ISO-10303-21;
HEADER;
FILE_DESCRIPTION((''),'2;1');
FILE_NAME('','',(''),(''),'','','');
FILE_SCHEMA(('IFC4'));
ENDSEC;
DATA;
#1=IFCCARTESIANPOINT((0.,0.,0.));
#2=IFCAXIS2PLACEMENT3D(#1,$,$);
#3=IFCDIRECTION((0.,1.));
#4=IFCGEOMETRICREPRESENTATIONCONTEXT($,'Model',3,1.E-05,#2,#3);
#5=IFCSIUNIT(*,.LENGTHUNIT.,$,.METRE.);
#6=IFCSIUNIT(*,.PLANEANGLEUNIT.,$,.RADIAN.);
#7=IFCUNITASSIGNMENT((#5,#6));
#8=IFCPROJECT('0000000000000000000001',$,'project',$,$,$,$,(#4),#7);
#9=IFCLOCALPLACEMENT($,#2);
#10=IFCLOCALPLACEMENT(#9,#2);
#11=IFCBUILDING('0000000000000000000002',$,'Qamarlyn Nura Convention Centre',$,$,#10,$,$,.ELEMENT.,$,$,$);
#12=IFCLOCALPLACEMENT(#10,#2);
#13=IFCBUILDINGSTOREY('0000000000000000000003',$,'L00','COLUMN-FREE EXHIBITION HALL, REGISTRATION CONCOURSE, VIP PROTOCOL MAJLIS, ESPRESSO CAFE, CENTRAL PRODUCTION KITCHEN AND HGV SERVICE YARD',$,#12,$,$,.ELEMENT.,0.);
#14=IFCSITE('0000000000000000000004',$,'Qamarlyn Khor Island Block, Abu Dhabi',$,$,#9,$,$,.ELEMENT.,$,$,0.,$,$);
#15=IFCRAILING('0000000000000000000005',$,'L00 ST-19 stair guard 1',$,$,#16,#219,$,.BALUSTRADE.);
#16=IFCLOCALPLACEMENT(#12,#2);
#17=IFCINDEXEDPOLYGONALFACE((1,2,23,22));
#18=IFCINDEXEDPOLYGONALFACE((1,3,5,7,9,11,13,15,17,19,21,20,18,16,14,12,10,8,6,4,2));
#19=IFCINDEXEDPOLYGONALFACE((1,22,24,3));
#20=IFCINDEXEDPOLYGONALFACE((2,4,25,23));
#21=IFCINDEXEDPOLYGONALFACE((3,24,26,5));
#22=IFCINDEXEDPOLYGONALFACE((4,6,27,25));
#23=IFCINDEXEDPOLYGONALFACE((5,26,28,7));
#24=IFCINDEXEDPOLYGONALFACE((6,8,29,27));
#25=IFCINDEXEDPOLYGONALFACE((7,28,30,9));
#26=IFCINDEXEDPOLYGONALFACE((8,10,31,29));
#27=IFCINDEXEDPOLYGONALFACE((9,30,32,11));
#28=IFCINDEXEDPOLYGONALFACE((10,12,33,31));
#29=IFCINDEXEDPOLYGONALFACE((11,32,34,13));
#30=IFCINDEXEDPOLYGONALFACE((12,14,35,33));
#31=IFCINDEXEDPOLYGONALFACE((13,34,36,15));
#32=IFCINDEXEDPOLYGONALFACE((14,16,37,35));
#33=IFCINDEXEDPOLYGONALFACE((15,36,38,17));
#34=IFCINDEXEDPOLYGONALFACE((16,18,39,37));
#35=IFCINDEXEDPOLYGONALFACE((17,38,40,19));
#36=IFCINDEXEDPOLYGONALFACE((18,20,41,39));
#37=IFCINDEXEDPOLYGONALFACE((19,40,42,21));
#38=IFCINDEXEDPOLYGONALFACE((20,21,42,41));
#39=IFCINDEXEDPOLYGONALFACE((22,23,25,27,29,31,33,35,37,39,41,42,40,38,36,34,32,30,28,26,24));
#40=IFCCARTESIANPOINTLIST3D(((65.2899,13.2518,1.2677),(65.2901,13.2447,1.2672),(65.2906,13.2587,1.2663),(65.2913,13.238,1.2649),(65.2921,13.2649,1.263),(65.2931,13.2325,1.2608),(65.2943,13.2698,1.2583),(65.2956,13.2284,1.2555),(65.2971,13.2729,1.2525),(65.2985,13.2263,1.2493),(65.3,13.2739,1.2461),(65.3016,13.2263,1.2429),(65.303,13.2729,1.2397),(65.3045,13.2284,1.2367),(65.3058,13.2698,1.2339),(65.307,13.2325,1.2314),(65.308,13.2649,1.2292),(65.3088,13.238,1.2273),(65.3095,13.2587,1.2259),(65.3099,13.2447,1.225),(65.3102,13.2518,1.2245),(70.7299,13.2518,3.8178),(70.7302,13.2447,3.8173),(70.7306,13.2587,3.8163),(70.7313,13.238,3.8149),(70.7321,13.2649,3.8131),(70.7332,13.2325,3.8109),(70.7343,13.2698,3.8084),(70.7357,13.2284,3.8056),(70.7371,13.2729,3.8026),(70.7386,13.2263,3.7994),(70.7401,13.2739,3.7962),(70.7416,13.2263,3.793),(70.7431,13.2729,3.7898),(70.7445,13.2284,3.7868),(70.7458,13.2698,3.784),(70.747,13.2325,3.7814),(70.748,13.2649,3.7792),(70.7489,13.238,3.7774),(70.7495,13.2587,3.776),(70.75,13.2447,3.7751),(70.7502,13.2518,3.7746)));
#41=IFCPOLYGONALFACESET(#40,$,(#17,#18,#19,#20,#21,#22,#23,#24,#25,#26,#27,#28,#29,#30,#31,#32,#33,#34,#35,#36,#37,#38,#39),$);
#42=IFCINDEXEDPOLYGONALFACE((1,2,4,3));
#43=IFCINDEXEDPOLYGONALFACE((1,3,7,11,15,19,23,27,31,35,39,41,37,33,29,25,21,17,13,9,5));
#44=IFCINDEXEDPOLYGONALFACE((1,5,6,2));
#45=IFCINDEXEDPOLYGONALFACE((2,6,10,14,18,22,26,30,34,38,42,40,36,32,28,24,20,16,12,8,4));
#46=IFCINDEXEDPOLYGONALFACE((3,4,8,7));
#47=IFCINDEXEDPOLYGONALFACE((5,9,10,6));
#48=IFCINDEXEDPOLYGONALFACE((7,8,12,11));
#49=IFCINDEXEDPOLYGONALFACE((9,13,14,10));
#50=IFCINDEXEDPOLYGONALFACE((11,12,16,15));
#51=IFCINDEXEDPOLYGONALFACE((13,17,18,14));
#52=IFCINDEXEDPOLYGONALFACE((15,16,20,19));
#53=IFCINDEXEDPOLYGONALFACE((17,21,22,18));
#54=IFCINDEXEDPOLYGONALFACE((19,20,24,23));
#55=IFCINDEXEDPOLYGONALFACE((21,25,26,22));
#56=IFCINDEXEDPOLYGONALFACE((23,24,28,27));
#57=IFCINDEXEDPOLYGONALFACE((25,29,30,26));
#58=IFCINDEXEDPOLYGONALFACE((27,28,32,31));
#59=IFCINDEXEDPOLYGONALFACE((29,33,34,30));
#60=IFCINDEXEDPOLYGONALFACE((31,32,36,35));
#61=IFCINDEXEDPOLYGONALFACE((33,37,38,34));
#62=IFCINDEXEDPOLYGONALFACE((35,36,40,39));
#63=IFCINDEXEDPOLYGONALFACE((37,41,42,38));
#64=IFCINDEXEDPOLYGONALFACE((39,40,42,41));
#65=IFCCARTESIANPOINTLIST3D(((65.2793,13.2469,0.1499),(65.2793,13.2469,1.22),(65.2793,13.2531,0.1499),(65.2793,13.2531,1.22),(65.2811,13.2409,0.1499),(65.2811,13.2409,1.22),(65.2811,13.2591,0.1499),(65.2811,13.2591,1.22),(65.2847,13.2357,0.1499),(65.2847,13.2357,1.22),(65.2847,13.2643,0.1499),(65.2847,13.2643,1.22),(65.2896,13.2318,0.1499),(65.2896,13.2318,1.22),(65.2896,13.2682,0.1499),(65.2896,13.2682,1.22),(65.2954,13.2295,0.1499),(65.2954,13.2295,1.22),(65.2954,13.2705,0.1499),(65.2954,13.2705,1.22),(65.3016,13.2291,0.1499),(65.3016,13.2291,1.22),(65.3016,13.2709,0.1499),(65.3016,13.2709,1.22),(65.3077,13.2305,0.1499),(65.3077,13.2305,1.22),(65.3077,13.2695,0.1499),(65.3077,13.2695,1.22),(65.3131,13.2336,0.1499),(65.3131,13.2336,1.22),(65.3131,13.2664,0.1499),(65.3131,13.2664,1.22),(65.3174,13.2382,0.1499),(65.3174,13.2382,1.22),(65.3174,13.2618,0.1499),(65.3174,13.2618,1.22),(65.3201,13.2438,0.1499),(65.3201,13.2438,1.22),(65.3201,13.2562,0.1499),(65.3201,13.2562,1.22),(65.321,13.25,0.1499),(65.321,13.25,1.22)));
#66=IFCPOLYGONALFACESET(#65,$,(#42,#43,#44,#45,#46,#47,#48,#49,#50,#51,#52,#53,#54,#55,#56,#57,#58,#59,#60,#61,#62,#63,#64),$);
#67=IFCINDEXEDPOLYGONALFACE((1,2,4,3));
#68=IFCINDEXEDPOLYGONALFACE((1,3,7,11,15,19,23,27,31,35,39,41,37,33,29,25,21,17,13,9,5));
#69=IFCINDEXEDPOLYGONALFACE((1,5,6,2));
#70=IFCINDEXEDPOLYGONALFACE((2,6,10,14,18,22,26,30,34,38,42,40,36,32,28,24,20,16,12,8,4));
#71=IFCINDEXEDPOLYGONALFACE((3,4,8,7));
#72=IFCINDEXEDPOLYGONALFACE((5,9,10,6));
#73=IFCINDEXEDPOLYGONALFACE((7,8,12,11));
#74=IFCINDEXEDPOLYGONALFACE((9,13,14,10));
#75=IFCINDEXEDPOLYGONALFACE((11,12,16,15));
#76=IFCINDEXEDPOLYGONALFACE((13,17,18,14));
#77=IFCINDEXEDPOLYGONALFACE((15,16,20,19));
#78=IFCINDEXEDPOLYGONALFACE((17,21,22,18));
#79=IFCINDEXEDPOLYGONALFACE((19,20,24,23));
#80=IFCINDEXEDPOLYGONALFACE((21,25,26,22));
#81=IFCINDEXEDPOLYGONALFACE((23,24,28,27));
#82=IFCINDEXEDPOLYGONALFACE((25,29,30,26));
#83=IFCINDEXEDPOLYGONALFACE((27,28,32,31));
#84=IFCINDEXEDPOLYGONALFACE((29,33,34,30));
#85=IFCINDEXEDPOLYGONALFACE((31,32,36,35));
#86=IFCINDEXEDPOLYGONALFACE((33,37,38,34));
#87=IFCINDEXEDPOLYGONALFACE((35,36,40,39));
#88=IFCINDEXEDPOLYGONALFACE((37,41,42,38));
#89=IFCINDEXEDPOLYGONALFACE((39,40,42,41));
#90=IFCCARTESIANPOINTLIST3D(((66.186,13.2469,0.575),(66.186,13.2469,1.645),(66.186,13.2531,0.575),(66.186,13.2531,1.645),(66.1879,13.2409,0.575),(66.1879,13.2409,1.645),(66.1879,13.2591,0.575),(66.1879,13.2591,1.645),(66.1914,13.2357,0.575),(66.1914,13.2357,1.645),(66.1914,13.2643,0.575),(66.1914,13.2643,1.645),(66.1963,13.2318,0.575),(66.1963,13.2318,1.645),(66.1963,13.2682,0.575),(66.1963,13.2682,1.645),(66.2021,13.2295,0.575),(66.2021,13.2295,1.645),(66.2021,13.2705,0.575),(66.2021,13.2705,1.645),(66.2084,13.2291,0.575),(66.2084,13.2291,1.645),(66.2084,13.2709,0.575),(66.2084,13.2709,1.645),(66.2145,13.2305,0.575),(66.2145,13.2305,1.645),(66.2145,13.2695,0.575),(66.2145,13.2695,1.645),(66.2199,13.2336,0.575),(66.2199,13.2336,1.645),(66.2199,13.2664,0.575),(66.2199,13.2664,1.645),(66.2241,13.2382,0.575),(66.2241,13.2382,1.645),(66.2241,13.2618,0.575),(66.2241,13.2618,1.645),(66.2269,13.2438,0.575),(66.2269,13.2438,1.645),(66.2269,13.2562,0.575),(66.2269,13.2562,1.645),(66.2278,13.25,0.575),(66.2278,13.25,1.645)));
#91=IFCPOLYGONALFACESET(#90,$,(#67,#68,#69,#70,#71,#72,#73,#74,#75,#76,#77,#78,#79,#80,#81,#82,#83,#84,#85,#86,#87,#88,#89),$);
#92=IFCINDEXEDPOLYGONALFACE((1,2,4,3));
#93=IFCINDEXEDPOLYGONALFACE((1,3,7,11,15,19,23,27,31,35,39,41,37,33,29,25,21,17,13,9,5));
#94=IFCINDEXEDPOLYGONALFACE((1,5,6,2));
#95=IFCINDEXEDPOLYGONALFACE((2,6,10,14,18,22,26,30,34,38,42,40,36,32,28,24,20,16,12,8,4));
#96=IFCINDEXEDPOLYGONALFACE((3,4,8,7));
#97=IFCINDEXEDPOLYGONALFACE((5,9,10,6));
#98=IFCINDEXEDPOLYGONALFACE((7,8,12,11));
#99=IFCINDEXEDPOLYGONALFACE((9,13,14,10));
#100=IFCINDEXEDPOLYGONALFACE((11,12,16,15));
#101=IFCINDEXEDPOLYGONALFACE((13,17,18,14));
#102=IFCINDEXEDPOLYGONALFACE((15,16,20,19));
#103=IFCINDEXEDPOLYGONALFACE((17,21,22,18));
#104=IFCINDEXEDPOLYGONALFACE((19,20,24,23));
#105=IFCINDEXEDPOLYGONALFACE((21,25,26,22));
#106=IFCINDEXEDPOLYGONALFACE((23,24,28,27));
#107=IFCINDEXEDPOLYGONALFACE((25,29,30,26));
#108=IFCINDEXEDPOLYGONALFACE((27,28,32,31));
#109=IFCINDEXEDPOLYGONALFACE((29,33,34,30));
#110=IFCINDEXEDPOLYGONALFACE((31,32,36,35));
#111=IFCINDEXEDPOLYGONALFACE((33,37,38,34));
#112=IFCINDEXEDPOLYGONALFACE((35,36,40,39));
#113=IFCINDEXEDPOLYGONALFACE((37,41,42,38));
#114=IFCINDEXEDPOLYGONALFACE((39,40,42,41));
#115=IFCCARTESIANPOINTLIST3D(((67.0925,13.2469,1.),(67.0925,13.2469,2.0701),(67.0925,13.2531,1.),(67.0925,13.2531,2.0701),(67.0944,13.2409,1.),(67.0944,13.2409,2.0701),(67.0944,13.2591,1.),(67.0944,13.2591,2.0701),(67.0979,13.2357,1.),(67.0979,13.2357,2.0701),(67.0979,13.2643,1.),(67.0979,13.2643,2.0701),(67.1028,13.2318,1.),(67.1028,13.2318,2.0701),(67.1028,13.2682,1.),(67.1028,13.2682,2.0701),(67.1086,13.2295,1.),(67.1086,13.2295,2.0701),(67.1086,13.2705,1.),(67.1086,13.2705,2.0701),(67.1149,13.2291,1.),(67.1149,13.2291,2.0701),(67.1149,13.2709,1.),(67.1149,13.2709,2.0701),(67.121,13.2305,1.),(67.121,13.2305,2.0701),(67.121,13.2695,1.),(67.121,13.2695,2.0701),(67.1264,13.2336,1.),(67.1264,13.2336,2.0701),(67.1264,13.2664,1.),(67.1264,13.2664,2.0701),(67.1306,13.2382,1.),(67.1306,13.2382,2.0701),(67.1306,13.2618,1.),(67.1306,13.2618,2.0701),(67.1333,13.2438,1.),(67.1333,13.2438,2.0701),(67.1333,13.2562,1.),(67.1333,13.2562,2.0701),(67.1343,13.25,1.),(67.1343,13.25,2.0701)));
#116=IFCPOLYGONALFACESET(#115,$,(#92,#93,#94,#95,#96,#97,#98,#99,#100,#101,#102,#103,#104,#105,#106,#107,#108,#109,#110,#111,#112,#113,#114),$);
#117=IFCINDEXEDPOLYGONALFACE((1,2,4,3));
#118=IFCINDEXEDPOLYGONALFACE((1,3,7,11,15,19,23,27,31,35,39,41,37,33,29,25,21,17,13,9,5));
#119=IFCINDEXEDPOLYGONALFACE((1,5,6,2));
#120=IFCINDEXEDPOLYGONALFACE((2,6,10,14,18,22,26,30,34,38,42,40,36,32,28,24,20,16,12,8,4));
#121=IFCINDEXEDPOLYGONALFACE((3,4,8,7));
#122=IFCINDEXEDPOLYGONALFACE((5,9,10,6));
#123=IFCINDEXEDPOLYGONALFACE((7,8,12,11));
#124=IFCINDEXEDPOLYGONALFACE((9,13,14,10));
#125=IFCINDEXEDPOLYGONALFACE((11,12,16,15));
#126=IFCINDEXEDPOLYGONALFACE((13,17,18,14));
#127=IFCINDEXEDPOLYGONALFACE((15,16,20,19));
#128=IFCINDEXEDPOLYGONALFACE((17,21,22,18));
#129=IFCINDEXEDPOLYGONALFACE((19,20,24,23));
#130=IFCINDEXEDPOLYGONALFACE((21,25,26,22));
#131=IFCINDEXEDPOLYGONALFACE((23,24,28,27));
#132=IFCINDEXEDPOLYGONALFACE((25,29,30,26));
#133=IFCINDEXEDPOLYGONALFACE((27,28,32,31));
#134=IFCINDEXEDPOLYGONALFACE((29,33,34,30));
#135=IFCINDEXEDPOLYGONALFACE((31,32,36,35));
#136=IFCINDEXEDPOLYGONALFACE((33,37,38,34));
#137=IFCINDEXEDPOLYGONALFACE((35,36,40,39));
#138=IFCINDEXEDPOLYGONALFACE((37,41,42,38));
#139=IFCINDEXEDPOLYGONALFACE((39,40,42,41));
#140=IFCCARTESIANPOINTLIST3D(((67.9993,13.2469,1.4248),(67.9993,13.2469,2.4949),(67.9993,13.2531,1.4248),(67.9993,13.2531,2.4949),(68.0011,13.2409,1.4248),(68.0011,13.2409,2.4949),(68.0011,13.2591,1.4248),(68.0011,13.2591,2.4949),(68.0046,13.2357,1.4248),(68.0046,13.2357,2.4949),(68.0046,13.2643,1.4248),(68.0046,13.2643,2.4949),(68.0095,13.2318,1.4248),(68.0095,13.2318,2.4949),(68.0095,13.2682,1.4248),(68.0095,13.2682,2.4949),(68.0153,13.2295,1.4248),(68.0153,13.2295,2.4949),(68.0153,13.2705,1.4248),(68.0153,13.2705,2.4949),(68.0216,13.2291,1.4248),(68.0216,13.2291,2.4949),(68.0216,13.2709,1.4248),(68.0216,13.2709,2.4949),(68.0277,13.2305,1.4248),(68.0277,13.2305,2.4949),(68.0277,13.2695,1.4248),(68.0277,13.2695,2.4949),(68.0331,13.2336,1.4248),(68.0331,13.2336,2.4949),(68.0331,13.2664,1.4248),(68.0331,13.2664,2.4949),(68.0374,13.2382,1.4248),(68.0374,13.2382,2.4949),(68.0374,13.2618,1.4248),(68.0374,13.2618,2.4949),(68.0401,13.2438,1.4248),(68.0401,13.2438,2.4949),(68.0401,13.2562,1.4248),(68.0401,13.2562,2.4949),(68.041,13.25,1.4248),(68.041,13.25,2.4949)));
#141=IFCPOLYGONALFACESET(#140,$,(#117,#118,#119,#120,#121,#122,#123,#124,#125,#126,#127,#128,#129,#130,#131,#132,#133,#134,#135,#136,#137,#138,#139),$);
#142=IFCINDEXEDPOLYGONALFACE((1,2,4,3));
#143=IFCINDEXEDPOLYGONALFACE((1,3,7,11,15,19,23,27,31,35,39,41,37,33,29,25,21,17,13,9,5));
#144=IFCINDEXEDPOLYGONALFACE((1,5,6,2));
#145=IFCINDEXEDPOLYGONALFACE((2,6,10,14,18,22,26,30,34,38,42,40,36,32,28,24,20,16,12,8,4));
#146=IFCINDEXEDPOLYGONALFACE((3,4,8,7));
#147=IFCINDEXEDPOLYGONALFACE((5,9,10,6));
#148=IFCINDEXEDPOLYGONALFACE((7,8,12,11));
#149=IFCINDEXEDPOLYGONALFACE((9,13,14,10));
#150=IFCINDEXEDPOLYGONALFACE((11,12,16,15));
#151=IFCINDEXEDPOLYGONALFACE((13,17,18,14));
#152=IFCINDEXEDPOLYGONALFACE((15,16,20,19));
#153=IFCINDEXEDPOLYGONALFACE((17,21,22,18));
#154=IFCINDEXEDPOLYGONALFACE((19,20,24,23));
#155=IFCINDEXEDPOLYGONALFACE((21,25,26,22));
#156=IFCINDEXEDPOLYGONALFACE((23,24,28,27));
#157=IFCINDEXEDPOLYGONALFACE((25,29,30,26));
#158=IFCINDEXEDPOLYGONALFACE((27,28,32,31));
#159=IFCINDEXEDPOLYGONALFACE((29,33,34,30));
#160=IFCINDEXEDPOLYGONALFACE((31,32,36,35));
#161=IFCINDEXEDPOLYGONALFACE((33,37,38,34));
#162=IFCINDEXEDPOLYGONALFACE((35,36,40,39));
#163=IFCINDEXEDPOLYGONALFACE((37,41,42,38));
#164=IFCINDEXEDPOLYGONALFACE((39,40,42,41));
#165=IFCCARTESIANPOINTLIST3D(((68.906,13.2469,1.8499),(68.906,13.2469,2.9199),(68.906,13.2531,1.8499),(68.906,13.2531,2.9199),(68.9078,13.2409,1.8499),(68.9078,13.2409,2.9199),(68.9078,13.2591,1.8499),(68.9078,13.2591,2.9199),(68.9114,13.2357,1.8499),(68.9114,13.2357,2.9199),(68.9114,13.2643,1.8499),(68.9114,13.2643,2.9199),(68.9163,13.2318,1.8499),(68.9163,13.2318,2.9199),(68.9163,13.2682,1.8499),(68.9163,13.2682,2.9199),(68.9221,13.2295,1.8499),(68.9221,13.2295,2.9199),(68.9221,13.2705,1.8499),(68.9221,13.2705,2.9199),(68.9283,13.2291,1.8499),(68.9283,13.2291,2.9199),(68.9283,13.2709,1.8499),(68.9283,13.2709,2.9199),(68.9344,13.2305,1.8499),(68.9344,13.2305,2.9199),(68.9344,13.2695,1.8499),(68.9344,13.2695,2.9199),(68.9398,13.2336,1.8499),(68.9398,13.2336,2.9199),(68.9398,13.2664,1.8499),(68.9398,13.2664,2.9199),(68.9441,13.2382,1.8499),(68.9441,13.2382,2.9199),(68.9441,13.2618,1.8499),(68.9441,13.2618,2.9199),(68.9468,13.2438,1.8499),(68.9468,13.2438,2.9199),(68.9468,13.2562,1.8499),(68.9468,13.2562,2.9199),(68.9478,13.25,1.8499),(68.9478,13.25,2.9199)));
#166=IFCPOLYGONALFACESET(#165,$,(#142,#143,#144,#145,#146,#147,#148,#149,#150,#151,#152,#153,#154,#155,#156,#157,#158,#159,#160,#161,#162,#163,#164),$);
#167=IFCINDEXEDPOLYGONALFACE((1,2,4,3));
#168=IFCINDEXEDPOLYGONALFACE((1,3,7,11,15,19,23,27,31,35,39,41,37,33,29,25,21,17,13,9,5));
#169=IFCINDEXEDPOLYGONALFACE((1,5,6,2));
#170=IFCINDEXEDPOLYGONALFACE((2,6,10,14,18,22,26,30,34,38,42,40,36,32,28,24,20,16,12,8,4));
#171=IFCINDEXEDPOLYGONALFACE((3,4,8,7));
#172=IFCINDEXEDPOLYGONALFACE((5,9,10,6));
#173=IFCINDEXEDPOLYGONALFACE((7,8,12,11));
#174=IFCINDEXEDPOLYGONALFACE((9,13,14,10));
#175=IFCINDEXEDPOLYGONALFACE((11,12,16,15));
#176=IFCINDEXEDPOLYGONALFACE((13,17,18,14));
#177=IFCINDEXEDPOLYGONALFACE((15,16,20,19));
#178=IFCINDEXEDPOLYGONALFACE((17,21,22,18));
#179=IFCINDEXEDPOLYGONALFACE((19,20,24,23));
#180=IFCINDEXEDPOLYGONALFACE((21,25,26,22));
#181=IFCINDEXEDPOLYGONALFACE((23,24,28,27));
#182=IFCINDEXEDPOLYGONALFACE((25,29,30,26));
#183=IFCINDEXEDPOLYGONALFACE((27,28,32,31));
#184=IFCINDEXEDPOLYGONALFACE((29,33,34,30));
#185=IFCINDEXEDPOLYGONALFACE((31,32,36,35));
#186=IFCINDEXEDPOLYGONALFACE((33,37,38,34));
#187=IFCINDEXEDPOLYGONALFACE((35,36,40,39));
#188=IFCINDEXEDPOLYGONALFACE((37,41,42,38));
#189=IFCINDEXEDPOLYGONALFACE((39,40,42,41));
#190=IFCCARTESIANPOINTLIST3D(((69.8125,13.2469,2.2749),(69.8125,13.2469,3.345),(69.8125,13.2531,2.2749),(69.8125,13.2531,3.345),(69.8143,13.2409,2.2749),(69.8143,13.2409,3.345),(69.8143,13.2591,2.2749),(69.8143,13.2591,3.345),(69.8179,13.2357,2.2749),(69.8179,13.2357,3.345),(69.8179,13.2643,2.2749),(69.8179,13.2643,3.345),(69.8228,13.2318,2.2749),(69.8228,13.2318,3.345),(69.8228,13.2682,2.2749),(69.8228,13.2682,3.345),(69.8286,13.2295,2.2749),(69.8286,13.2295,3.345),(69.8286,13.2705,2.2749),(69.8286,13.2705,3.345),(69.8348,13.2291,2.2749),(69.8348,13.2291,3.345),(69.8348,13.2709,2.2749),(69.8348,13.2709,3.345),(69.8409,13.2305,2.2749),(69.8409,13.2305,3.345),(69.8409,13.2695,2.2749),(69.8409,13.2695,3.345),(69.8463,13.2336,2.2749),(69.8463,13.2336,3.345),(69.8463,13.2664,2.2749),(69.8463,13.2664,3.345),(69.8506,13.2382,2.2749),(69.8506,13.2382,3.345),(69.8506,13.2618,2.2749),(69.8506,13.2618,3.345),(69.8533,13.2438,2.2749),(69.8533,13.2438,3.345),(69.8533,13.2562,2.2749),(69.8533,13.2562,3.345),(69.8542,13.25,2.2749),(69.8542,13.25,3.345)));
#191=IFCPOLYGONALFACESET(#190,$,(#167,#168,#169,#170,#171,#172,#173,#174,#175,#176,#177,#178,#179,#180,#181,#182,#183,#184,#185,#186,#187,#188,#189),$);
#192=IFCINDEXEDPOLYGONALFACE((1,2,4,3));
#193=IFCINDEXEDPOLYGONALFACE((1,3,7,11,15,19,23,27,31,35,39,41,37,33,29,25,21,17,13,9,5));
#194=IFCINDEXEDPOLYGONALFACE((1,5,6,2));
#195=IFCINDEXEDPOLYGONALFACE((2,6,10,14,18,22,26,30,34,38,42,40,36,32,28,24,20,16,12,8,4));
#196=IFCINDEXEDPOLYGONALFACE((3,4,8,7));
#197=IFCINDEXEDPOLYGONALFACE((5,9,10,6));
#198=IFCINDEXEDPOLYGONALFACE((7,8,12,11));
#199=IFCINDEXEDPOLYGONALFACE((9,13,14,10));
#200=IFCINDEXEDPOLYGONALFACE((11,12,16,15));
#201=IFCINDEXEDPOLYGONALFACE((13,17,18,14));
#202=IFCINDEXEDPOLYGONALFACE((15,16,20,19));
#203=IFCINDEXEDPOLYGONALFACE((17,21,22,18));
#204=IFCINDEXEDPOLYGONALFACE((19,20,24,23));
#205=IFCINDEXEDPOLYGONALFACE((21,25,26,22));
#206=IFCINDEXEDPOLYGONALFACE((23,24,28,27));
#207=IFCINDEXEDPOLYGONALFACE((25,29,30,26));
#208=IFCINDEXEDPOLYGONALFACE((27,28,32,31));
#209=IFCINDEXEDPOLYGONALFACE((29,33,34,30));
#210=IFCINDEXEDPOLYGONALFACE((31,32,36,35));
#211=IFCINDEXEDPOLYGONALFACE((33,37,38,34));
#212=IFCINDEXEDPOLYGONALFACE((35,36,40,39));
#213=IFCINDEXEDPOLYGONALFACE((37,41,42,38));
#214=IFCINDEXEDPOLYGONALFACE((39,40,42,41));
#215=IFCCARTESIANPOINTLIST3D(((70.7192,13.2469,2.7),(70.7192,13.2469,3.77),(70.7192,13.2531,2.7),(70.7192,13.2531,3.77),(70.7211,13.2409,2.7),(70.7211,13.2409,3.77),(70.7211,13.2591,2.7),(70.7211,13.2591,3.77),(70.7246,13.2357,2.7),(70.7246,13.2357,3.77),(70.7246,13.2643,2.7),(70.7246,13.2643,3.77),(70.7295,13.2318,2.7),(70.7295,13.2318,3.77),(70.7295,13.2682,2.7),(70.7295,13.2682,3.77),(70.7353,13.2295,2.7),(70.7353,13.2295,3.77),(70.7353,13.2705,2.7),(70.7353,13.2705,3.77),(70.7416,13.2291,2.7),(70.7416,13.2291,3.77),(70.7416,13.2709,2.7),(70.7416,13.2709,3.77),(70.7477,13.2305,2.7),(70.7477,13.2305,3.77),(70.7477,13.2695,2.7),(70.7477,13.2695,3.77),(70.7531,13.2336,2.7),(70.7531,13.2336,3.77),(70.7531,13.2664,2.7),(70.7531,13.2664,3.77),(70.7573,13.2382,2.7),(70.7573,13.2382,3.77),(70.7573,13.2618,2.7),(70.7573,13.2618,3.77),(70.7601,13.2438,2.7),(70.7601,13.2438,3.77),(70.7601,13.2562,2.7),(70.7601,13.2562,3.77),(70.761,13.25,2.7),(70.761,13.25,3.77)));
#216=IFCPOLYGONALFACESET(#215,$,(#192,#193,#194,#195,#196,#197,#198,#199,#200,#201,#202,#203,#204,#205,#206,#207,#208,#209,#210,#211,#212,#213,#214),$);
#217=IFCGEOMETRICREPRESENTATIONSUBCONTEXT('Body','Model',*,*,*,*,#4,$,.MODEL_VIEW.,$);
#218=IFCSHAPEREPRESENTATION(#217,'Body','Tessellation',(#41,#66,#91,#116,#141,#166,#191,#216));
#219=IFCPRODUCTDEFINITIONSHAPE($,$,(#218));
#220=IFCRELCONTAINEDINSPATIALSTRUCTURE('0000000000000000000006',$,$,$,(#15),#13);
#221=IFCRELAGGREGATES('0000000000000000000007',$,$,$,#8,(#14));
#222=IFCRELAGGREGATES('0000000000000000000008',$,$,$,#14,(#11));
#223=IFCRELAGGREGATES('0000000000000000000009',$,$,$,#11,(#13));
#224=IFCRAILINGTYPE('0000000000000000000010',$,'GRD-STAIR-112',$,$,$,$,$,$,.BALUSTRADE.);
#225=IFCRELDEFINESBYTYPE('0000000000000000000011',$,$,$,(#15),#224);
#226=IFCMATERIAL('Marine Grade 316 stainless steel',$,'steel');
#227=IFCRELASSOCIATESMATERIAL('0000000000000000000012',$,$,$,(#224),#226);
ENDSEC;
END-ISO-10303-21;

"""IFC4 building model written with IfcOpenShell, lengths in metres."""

from ifc_helpers import new_model, si_unit, direction, frame, origin, origin_2d, place, context, subcontext, project, spatial, circle, extrude, material, type_object, element, save


model = new_model("IFC4")

# Units and contexts
model_context = context("Model", 3, precision=1e-05, world=origin(), true_north=direction((0.0, 1.0)))
body_context = subcontext(model_context, "Body", "Model", "MODEL_VIEW")
ifc_project = project(units=[si_unit("LENGTHUNIT", "METRE"), si_unit("PLANEANGLEUNIT", "RADIAN")], contexts=[model_context])

# Site, building, storey
site_placement = place(None, origin())
site = spatial("IfcSite", under=ifc_project, at=site_placement, Name="Qamarlyn Khor Island Block, Abu Dhabi", CompositionType="ELEMENT", RefElevation=0.0)
building_placement = place(site_placement, origin())
building = spatial("IfcBuilding", under=site, at=building_placement, Name="Qamarlyn Nura Convention Centre", CompositionType="ELEMENT")
storey_placement = place(building_placement, origin())
storey = spatial("IfcBuildingStorey", under=building, at=storey_placement, Name="L00", Description="COLUMN-FREE EXHIBITION HALL, REGISTRATION CONCOURSE, VIP PROTOCOL MAJLIS, ESPRESSO CAFE, CENTRAL PRODUCTION KITCHEN AND HGV SERVICE YARD", CompositionType="ELEMENT", Elevation=0.0)

# Railing
ifc_material_1 = material(Name="Marine Grade 316 stainless steel", Category="steel")
railing_type_1 = type_object("IfcRailingType", Name="GRD-STAIR-112", PredefinedType="BALUSTRADE", material=ifc_material_1)
railing_1_placement = place(storey_placement, frame((65.3, 13.25, 0.1499)))
element("IfcRailing", 1, at=railing_1_placement, inside=storey, type_object=railing_type_1, Name="L00 ST-19 stair guard 1", PredefinedType="BALUSTRADE", context=body_context, shape_type="SweptSolid", body=[
    extrude(circle(Radius=0.0239, at=origin_2d()), frame((0.0, 0.0, 1.0962), z_axis=(0.905454, 0.0, 0.424444), x_axis=(0.0, 1.0, 0.0)), (0.0, 0.0, 1.0), 6.0081),
    extrude(circle(Radius=0.021, at=origin_2d()), origin(), (0.0, 0.0, 1.0), 1.0701),
    extrude(circle(Radius=0.021, at=origin_2d()), frame((0.9067, 0.0, 0.425)), (0.0, 0.0, 1.0), 1.0701),
    extrude(circle(Radius=0.021, at=origin_2d()), frame((1.8132, 0.0, 0.8501)), (0.0, 0.0, 1.0), 1.0701),
    extrude(circle(Radius=0.021, at=origin_2d()), frame((2.72, 0.0, 1.2749)), (0.0, 0.0, 1.0), 1.0701),
    extrude(circle(Radius=0.021, at=origin_2d()), frame((3.6267, 0.0, 1.7)), (0.0, 0.0, 1.0), 1.0701),
    extrude(circle(Radius=0.021, at=origin_2d()), frame((4.5332, 0.0, 2.125)), (0.0, 0.0, 1.0), 1.0701),
    extrude(circle(Radius=0.021, at=origin_2d()), frame((5.4399, 0.0, 2.55)), (0.0, 0.0, 1.0), 1.0701),
])

save(model, "model.ifc")
